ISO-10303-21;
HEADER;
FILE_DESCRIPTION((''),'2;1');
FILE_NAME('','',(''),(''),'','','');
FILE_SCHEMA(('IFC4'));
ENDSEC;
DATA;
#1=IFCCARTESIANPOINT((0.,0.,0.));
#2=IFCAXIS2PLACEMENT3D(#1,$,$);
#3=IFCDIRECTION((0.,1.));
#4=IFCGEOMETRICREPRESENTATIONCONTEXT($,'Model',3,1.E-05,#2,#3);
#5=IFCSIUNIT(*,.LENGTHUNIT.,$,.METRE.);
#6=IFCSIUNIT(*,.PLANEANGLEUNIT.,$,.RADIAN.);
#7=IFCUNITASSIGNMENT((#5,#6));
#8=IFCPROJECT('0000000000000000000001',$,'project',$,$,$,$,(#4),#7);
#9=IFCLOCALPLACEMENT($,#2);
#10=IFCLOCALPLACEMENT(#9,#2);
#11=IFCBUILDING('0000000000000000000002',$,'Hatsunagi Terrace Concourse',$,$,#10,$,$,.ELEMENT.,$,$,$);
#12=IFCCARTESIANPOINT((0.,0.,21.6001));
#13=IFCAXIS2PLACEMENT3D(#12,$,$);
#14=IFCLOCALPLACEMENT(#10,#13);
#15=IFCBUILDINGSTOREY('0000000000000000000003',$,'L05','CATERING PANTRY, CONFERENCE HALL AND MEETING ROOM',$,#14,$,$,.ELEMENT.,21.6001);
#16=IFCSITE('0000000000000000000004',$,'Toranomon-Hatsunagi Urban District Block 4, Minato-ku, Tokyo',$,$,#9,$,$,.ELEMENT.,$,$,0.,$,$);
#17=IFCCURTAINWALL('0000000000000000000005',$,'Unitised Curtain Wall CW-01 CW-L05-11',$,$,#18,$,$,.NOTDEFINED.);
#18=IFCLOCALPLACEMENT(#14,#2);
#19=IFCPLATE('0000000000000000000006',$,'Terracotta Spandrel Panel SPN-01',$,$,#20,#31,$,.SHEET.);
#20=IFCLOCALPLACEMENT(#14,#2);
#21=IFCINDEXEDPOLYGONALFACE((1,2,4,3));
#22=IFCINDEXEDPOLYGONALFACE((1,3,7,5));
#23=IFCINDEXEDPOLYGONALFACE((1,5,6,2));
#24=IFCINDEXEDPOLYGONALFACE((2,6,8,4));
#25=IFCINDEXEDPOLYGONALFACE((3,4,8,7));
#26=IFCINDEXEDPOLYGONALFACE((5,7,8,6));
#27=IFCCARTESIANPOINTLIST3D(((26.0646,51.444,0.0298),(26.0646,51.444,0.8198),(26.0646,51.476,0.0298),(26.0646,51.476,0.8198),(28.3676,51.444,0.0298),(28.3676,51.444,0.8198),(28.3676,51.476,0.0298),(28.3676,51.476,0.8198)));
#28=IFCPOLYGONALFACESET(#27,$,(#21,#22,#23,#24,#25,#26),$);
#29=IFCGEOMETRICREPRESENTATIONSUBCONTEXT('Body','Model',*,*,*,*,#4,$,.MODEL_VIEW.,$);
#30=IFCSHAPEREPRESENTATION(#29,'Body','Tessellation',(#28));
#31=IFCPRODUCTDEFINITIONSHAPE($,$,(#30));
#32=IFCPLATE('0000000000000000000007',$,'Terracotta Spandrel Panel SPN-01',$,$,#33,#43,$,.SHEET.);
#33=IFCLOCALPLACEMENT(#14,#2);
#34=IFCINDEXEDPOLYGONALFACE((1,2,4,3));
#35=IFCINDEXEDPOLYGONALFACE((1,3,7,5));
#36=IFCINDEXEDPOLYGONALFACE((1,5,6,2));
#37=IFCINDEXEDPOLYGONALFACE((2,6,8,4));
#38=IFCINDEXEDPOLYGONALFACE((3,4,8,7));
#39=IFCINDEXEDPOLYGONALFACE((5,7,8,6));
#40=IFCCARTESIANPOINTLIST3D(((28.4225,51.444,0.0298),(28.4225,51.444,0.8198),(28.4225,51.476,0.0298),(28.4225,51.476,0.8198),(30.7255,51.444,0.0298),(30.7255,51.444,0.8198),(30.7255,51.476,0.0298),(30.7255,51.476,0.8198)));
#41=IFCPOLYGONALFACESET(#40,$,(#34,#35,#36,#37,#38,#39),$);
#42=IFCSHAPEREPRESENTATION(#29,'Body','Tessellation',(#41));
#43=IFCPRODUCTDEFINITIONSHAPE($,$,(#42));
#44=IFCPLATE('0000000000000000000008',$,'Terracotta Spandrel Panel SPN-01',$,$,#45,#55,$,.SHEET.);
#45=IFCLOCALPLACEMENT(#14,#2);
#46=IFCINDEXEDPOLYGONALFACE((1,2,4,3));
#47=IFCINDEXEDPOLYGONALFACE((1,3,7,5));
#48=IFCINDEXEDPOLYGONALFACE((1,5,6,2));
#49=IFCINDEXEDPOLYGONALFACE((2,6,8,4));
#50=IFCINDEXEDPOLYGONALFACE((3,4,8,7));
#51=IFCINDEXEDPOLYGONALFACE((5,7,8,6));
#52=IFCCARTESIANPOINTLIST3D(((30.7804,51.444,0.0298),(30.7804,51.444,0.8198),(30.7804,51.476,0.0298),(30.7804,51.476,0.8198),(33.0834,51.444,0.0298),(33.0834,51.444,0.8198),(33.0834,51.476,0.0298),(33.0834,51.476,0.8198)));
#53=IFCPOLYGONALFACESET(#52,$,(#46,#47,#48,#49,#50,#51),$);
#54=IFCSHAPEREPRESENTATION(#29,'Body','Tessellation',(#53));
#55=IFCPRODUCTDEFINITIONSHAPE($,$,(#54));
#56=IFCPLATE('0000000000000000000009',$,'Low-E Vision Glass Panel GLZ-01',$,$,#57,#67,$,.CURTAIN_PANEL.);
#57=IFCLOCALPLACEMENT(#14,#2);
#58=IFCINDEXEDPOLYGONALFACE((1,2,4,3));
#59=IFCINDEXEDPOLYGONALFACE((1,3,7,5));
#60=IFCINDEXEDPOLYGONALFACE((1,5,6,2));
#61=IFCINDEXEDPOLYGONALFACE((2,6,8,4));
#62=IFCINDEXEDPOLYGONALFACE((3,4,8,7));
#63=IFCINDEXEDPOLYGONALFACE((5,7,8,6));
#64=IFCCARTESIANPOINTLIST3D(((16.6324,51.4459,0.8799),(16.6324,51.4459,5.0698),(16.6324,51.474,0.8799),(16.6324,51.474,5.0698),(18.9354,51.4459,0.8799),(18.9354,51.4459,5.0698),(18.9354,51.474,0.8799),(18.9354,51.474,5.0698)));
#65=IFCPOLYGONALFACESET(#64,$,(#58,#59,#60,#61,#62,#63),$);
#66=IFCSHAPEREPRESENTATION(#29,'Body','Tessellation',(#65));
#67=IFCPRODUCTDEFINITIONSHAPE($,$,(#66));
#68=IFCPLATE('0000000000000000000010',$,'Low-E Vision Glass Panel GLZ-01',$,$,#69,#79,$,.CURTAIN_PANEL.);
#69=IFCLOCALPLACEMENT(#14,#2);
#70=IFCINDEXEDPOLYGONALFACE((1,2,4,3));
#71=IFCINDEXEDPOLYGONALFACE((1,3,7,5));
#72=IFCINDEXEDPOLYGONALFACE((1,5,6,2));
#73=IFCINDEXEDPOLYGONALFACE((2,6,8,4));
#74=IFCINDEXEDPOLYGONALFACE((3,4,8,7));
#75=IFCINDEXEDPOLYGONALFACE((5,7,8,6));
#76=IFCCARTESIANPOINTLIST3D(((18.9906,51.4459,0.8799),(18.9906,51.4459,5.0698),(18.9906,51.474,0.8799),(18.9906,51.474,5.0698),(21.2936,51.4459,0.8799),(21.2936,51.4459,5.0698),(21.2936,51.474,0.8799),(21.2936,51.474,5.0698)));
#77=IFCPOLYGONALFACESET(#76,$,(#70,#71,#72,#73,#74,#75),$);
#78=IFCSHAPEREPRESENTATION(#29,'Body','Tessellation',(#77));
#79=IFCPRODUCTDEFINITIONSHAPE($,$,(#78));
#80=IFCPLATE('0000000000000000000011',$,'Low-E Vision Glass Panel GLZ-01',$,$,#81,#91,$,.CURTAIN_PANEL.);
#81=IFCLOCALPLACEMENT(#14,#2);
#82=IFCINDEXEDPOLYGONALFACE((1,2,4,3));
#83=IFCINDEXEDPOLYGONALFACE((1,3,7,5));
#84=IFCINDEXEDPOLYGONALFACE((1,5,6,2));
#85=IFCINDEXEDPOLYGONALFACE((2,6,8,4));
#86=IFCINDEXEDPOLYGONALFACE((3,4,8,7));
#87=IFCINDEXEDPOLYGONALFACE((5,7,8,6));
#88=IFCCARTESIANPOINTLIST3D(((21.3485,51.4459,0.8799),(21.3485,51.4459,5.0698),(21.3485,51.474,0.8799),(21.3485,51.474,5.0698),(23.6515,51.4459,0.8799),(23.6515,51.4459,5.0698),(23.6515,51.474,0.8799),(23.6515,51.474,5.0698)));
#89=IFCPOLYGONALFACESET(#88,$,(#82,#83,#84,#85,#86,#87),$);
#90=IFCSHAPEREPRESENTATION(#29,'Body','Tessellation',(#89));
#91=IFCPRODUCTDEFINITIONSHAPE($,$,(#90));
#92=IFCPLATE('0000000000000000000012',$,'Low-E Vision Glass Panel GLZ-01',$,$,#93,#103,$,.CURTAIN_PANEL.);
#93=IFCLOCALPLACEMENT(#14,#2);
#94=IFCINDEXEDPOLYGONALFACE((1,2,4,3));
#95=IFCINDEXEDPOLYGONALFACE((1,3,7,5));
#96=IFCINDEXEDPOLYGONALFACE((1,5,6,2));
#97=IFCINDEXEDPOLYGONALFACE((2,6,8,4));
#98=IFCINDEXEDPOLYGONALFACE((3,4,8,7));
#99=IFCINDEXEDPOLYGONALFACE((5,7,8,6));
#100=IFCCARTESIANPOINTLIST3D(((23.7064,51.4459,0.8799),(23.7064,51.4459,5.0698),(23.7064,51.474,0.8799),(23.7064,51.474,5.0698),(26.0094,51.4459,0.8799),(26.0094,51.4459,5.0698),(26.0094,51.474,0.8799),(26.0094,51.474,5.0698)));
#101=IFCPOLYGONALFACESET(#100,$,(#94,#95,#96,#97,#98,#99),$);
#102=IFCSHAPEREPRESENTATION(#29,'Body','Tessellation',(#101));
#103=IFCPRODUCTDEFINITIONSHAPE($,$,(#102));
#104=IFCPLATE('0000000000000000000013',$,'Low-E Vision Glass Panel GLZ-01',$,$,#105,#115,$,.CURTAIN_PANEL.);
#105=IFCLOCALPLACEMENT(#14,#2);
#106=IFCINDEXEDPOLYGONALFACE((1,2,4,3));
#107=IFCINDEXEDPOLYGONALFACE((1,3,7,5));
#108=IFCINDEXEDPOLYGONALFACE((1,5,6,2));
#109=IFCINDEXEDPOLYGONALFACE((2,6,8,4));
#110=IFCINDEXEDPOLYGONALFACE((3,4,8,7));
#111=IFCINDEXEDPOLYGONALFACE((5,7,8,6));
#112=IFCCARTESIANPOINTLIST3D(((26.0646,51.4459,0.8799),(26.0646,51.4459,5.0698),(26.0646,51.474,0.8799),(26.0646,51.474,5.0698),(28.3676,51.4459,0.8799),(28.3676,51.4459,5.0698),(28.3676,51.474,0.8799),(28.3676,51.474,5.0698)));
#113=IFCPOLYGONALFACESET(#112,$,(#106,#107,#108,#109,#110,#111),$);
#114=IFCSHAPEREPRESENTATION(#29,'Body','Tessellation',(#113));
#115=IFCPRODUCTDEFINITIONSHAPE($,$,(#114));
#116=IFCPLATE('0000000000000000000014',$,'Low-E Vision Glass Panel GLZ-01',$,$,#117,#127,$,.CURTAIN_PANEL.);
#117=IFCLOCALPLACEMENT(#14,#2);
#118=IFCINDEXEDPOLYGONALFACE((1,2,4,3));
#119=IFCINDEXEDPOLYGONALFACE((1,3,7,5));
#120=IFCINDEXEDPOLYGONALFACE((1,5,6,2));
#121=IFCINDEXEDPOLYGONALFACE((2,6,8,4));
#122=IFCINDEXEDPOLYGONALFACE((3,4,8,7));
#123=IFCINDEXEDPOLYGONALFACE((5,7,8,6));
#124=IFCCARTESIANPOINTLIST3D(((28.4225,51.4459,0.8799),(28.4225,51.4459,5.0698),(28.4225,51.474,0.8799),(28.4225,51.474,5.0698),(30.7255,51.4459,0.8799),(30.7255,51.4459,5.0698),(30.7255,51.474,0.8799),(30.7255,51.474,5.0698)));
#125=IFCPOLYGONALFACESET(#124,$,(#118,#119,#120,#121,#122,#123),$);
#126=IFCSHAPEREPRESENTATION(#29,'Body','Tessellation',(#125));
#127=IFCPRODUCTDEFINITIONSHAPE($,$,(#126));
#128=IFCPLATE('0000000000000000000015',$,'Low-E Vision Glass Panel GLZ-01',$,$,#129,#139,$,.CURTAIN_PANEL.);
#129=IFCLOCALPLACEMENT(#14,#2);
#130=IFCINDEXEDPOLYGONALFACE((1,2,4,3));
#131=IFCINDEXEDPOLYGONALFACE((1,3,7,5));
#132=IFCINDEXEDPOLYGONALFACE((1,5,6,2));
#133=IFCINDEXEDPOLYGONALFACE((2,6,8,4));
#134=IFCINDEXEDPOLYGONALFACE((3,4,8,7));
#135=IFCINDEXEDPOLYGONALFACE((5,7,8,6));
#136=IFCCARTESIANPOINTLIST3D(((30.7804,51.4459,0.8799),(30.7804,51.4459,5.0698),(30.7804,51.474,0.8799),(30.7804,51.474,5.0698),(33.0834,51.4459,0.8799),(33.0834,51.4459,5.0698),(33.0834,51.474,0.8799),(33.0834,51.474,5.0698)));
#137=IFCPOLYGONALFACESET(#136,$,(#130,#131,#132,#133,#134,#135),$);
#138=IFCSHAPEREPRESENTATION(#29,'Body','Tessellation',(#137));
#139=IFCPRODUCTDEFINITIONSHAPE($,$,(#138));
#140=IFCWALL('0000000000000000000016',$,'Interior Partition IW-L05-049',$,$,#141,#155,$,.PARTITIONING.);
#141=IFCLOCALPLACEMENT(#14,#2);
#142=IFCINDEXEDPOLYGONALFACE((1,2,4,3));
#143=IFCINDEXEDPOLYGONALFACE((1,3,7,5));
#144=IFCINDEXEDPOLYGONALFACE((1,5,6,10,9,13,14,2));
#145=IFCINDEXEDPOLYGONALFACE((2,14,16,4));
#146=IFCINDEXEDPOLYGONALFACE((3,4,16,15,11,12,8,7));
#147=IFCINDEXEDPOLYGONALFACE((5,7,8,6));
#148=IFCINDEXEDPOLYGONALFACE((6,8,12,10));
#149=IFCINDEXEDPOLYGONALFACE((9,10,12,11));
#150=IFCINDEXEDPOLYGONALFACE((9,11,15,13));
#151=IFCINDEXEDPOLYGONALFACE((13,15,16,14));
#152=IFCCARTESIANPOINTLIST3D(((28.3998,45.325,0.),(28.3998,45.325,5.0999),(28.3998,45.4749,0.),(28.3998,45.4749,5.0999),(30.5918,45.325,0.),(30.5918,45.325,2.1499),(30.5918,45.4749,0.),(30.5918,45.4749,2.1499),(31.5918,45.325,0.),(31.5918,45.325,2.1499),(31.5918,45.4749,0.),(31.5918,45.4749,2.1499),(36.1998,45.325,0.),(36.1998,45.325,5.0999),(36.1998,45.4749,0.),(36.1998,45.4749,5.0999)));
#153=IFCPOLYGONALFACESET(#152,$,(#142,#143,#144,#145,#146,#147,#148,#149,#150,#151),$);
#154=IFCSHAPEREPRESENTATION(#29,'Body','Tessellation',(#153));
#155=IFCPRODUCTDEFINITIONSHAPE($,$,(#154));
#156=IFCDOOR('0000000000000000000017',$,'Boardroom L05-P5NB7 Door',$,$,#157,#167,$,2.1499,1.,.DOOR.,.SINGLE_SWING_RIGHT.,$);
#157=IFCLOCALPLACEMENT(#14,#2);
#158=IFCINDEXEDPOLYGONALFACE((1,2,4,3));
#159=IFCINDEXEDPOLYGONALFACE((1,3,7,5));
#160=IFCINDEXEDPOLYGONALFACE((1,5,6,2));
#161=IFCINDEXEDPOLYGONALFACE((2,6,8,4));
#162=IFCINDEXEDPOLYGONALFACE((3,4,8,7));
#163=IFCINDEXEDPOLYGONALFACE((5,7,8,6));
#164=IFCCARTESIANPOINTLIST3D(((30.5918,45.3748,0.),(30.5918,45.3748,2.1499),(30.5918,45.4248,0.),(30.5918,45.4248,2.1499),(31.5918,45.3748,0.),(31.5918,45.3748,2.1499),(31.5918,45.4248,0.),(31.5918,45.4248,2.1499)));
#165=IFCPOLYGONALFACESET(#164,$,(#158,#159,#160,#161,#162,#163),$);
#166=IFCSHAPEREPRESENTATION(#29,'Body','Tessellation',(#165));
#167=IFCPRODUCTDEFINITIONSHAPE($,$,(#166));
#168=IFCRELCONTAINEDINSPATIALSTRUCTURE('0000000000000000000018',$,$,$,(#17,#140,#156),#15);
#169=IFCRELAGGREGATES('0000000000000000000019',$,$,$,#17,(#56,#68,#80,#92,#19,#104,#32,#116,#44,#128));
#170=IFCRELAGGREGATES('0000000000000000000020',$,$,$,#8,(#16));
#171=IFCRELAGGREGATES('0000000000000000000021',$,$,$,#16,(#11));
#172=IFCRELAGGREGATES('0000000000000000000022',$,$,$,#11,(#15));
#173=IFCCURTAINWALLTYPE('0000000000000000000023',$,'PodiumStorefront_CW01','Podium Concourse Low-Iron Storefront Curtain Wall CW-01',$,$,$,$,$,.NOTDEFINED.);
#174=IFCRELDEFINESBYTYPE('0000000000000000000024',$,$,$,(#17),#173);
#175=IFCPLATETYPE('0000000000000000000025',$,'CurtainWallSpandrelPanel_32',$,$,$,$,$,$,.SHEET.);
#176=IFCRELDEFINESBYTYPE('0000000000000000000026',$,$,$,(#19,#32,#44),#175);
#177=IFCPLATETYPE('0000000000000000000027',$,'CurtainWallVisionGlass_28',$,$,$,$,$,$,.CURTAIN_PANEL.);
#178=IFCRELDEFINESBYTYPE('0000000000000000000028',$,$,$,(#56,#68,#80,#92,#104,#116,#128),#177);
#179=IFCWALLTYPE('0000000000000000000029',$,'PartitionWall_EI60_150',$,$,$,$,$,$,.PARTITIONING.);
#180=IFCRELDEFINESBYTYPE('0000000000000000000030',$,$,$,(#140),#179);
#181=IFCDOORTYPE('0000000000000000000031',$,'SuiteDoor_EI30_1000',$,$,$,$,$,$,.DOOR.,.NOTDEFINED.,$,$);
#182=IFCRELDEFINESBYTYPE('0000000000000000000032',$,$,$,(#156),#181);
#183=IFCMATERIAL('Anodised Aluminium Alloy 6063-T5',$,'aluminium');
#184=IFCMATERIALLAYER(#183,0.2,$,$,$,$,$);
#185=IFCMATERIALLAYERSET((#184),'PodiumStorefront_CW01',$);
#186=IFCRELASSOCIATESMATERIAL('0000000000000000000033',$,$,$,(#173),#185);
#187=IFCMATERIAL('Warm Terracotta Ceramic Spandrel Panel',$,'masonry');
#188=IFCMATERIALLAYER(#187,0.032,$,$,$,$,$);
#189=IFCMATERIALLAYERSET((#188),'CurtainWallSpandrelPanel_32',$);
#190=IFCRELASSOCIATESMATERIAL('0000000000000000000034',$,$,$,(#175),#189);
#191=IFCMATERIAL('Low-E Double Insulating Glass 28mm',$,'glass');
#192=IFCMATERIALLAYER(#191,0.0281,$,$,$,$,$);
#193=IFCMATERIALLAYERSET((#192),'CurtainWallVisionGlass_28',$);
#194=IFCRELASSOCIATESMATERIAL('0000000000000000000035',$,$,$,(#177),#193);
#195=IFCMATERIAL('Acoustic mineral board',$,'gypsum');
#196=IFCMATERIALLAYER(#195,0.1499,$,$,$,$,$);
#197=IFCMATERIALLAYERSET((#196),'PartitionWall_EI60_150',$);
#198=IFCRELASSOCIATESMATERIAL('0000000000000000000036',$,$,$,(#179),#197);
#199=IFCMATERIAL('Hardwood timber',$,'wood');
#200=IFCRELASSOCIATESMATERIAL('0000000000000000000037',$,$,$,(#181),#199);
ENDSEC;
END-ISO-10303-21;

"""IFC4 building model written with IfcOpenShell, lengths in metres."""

from ifc_helpers import new_model, si_unit, direction, frame, frame_2d, origin, origin_2d, place, context, subcontext, project, spatial, rectangle, extrude, material, layer, layer_set, type_object, element, fill, aggregate, save


model = new_model("IFC4")

# Units and contexts
model_context = context("Model", 3, precision=1e-05, world=origin(), true_north=direction((0.0, 1.0)))
body_context = subcontext(model_context, "Body", "Model", "MODEL_VIEW")
ifc_project = project(units=[si_unit("LENGTHUNIT", "METRE"), si_unit("PLANEANGLEUNIT", "RADIAN")], contexts=[model_context])

# Site, building, storey
site_placement = place(None, origin())
site = spatial("IfcSite", under=ifc_project, at=site_placement, Name="Toranomon-Hatsunagi Urban District Block 4, Minato-ku, Tokyo", CompositionType="ELEMENT", RefElevation=0.0)
building_placement = place(site_placement, origin())
building = spatial("IfcBuilding", under=site, at=building_placement, Name="Hatsunagi Terrace Concourse", CompositionType="ELEMENT")
storey_placement = place(building_placement, frame((0.0, 0.0, 21.6001)))
storey = spatial("IfcBuildingStorey", under=building, at=storey_placement, Name="L05", Description="CATERING PANTRY, CONFERENCE HALL AND MEETING ROOM", CompositionType="ELEMENT", Elevation=21.6001)

# Curtain wall
ifc_material_1 = material(Name="Anodised Aluminium Alloy 6063-T5", Category="aluminium")
ifc_layer_1 = layer(ifc_material_1, 0.2)
ifc_layer_set_1 = layer_set([ifc_layer_1], Name="PodiumStorefront_CW01")
curtain_wall_type = type_object("IfcCurtainWallType", Name="PodiumStorefront_CW01", Description="Podium Concourse Low-Iron Storefront Curtain Wall CW-01", PredefinedType="NOTDEFINED", material=ifc_layer_set_1)
curtain_wall_placement = place(storey_placement, origin())
curtain_wall = element("IfcCurtainWall", 1, at=curtain_wall_placement, inside=storey, type_object=curtain_wall_type, Name="Unitised Curtain Wall CW-01 CW-L05-11", PredefinedType="NOTDEFINED")

# Plates
ifc_material_2 = material(Name="Warm Terracotta Ceramic Spandrel Panel", Category="masonry")
ifc_layer_2 = layer(ifc_material_2, 0.032)
ifc_layer_set_2 = layer_set([ifc_layer_2], Name="CurtainWallSpandrelPanel_32")
plate_type_1 = type_object("IfcPlateType", Name="CurtainWallSpandrelPanel_32", PredefinedType="SHEET", material=ifc_layer_set_2)
plate_1_placement = place(storey_placement, frame((27.2161, 51.46, 0.0298), z_axis=(0.0, 0.0, 1.0), x_axis=(1.0, 0.0, 0.0)))
plate_1 = element("IfcPlate", 2, at=plate_1_placement, type_object=plate_type_1, Name="Terracotta Spandrel Panel SPN-01", PredefinedType="SHEET", context=body_context, shape_type="SweptSolid", body=[
    extrude(rectangle(XDim=2.303, YDim=0.032, at=origin_2d()), origin(), (0.0, 0.0, 1.0), 0.79),
])
plate_2_placement = place(storey_placement, frame((29.574, 51.46, 0.0298), z_axis=(0.0, 0.0, 1.0), x_axis=(1.0, 0.0, 0.0)))
plate_2 = element("IfcPlate", 3, at=plate_2_placement, type_object=plate_type_1, Name="Terracotta Spandrel Panel SPN-01", PredefinedType="SHEET", context=body_context, shape_type="SweptSolid", body=[
    extrude(rectangle(XDim=2.303, YDim=0.032, at=origin_2d()), origin(), (0.0, 0.0, 1.0), 0.79),
])
plate_3_placement = place(storey_placement, frame((31.9319, 51.46, 0.0298), z_axis=(0.0, 0.0, 1.0), x_axis=(1.0, 0.0, 0.0)))
plate_3 = element("IfcPlate", 4, at=plate_3_placement, type_object=plate_type_1, Name="Terracotta Spandrel Panel SPN-01", PredefinedType="SHEET", context=body_context, shape_type="SweptSolid", body=[
    extrude(rectangle(XDim=2.303, YDim=0.032, at=origin_2d()), origin(), (0.0, 0.0, 1.0), 0.79),
])
ifc_material_3 = material(Name="Low-E Double Insulating Glass 28mm", Category="glass")
ifc_layer_3 = layer(ifc_material_3, 0.0281)
ifc_layer_set_3 = layer_set([ifc_layer_3], Name="CurtainWallVisionGlass_28")
plate_type_2 = type_object("IfcPlateType", Name="CurtainWallVisionGlass_28", PredefinedType="CURTAIN_PANEL", material=ifc_layer_set_3)
plate_4_placement = place(storey_placement, frame((17.7839, 51.46, 0.8799), z_axis=(0.0, 0.0, 1.0), x_axis=(1.0, 0.0, 0.0)))
plate_4 = element("IfcPlate", 5, at=plate_4_placement, type_object=plate_type_2, Name="Low-E Vision Glass Panel GLZ-01", PredefinedType="CURTAIN_PANEL", context=body_context, shape_type="SweptSolid", body=[
    extrude(rectangle(XDim=2.303, YDim=0.0281, at=origin_2d()), origin(), (0.0, 0.0, 1.0), 4.1899),
])
plate_5_placement = place(storey_placement, frame((20.1421, 51.46, 0.8799), z_axis=(0.0, 0.0, 1.0), x_axis=(1.0, 0.0, 0.0)))
plate_5 = element("IfcPlate", 6, at=plate_5_placement, type_object=plate_type_2, Name="Low-E Vision Glass Panel GLZ-01", PredefinedType="CURTAIN_PANEL", context=body_context, shape_type="SweptSolid", body=[
    extrude(rectangle(XDim=2.303, YDim=0.0281, at=origin_2d()), origin(), (0.0, 0.0, 1.0), 4.1899),
])
plate_6_placement = place(storey_placement, frame((22.5, 51.46, 0.8799), z_axis=(0.0, 0.0, 1.0), x_axis=(1.0, 0.0, 0.0)))
plate_6 = element("IfcPlate", 7, at=plate_6_placement, type_object=plate_type_2, Name="Low-E Vision Glass Panel GLZ-01", PredefinedType="CURTAIN_PANEL", context=body_context, shape_type="SweptSolid", body=[
    extrude(rectangle(XDim=2.303, YDim=0.0281, at=origin_2d()), origin(), (0.0, 0.0, 1.0), 4.1899),
])
plate_7_placement = place(storey_placement, frame((24.8579, 51.46, 0.8799), z_axis=(0.0, 0.0, 1.0), x_axis=(1.0, 0.0, 0.0)))
plate_7 = element("IfcPlate", 8, at=plate_7_placement, type_object=plate_type_2, Name="Low-E Vision Glass Panel GLZ-01", PredefinedType="CURTAIN_PANEL", context=body_context, shape_type="SweptSolid", body=[
    extrude(rectangle(XDim=2.303, YDim=0.0281, at=origin_2d()), origin(), (0.0, 0.0, 1.0), 4.1899),
])
plate_8_placement = place(storey_placement, frame((27.2161, 51.46, 0.8799), z_axis=(0.0, 0.0, 1.0), x_axis=(1.0, 0.0, 0.0)))
plate_8 = element("IfcPlate", 9, at=plate_8_placement, type_object=plate_type_2, Name="Low-E Vision Glass Panel GLZ-01", PredefinedType="CURTAIN_PANEL", context=body_context, shape_type="SweptSolid", body=[
    extrude(rectangle(XDim=2.303, YDim=0.0281, at=origin_2d()), origin(), (0.0, 0.0, 1.0), 4.1899),
])
plate_9_placement = place(storey_placement, frame((29.574, 51.46, 0.8799), z_axis=(0.0, 0.0, 1.0), x_axis=(1.0, 0.0, 0.0)))
plate_9 = element("IfcPlate", 10, at=plate_9_placement, type_object=plate_type_2, Name="Low-E Vision Glass Panel GLZ-01", PredefinedType="CURTAIN_PANEL", context=body_context, shape_type="SweptSolid", body=[
    extrude(rectangle(XDim=2.303, YDim=0.0281, at=origin_2d()), origin(), (0.0, 0.0, 1.0), 4.1899),
])
plate_10_placement = place(storey_placement, frame((31.9319, 51.46, 0.8799), z_axis=(0.0, 0.0, 1.0), x_axis=(1.0, 0.0, 0.0)))
plate_10 = element("IfcPlate", 11, at=plate_10_placement, type_object=plate_type_2, Name="Low-E Vision Glass Panel GLZ-01", PredefinedType="CURTAIN_PANEL", context=body_context, shape_type="SweptSolid", body=[
    extrude(rectangle(XDim=2.303, YDim=0.0281, at=origin_2d()), origin(), (0.0, 0.0, 1.0), 4.1899),
])
aggregate(curtain_wall, [plate_4, plate_5, plate_6, plate_7, plate_1, plate_8, plate_2, plate_9, plate_3, plate_10])

# Wall, opening, door
ifc_material_4 = material(Name="Acoustic mineral board", Category="gypsum")
ifc_layer_4 = layer(ifc_material_4, 0.1499)
ifc_layer_set_4 = layer_set([ifc_layer_4], Name="PartitionWall_EI60_150")
wall_type = type_object("IfcWallType", Name="PartitionWall_EI60_150", PredefinedType="PARTITIONING", material=ifc_layer_set_4)
wall_placement = place(storey_placement, frame((28.3999, 45.3999, 0.0), z_axis=(0.0, 0.0, 1.0), x_axis=(1.0, 0.0, 0.0)))
wall = element("IfcWall", 12, at=wall_placement, inside=storey, type_object=wall_type, Name="Interior Partition IW-L05-049", PredefinedType="PARTITIONING", context=body_context, shape_type="SweptSolid", body=[
    extrude(rectangle(XDim=7.8, YDim=0.1499, at=frame_2d((3.8999, 0.0))), origin(), (0.0, 0.0, 1.0), 5.0999),
])
opening_placement = place(wall_placement, frame((2.1919, 0.0, 0.0)))
opening = element("IfcOpeningElement", 13, at=opening_placement, cuts=wall, PredefinedType="OPENING", context=body_context, shape_type="SweptSolid", body=[
    extrude(rectangle(XDim=1.0, YDim=2.1499, at=frame_2d((0.5, 1.075))), frame((0.0, 0.085, 0.0), z_axis=(0.0, -1.0, 0.0), x_axis=(1.0, 0.0, 0.0)), (0.0, 0.0, 1.0), 0.1699),
])
ifc_material_5 = material(Name="Hardwood timber", Category="wood")
door_type = type_object("IfcDoorType", Name="SuiteDoor_EI30_1000", OperationType="NOTDEFINED", PredefinedType="DOOR", material=ifc_material_5)
door_placement = place(opening_placement, origin())
door = element("IfcDoor", 14, at=door_placement, inside=storey, type_object=door_type, Name="Boardroom L05-P5NB7 Door", OperationType="SINGLE_SWING_RIGHT", OverallHeight=2.1499, OverallWidth=1.0, PredefinedType="DOOR", context=body_context, shape_type="SweptSolid", body=[
    extrude(rectangle(XDim=1.0, YDim=2.1499, at=frame_2d((0.5, 1.075))), frame((0.0, 0.0249, 0.0), z_axis=(0.0, -1.0, 0.0), x_axis=(1.0, 0.0, 0.0)), (0.0, 0.0, 1.0), 0.05),
])
fill(opening, door)

save(model, "model.ifc")
